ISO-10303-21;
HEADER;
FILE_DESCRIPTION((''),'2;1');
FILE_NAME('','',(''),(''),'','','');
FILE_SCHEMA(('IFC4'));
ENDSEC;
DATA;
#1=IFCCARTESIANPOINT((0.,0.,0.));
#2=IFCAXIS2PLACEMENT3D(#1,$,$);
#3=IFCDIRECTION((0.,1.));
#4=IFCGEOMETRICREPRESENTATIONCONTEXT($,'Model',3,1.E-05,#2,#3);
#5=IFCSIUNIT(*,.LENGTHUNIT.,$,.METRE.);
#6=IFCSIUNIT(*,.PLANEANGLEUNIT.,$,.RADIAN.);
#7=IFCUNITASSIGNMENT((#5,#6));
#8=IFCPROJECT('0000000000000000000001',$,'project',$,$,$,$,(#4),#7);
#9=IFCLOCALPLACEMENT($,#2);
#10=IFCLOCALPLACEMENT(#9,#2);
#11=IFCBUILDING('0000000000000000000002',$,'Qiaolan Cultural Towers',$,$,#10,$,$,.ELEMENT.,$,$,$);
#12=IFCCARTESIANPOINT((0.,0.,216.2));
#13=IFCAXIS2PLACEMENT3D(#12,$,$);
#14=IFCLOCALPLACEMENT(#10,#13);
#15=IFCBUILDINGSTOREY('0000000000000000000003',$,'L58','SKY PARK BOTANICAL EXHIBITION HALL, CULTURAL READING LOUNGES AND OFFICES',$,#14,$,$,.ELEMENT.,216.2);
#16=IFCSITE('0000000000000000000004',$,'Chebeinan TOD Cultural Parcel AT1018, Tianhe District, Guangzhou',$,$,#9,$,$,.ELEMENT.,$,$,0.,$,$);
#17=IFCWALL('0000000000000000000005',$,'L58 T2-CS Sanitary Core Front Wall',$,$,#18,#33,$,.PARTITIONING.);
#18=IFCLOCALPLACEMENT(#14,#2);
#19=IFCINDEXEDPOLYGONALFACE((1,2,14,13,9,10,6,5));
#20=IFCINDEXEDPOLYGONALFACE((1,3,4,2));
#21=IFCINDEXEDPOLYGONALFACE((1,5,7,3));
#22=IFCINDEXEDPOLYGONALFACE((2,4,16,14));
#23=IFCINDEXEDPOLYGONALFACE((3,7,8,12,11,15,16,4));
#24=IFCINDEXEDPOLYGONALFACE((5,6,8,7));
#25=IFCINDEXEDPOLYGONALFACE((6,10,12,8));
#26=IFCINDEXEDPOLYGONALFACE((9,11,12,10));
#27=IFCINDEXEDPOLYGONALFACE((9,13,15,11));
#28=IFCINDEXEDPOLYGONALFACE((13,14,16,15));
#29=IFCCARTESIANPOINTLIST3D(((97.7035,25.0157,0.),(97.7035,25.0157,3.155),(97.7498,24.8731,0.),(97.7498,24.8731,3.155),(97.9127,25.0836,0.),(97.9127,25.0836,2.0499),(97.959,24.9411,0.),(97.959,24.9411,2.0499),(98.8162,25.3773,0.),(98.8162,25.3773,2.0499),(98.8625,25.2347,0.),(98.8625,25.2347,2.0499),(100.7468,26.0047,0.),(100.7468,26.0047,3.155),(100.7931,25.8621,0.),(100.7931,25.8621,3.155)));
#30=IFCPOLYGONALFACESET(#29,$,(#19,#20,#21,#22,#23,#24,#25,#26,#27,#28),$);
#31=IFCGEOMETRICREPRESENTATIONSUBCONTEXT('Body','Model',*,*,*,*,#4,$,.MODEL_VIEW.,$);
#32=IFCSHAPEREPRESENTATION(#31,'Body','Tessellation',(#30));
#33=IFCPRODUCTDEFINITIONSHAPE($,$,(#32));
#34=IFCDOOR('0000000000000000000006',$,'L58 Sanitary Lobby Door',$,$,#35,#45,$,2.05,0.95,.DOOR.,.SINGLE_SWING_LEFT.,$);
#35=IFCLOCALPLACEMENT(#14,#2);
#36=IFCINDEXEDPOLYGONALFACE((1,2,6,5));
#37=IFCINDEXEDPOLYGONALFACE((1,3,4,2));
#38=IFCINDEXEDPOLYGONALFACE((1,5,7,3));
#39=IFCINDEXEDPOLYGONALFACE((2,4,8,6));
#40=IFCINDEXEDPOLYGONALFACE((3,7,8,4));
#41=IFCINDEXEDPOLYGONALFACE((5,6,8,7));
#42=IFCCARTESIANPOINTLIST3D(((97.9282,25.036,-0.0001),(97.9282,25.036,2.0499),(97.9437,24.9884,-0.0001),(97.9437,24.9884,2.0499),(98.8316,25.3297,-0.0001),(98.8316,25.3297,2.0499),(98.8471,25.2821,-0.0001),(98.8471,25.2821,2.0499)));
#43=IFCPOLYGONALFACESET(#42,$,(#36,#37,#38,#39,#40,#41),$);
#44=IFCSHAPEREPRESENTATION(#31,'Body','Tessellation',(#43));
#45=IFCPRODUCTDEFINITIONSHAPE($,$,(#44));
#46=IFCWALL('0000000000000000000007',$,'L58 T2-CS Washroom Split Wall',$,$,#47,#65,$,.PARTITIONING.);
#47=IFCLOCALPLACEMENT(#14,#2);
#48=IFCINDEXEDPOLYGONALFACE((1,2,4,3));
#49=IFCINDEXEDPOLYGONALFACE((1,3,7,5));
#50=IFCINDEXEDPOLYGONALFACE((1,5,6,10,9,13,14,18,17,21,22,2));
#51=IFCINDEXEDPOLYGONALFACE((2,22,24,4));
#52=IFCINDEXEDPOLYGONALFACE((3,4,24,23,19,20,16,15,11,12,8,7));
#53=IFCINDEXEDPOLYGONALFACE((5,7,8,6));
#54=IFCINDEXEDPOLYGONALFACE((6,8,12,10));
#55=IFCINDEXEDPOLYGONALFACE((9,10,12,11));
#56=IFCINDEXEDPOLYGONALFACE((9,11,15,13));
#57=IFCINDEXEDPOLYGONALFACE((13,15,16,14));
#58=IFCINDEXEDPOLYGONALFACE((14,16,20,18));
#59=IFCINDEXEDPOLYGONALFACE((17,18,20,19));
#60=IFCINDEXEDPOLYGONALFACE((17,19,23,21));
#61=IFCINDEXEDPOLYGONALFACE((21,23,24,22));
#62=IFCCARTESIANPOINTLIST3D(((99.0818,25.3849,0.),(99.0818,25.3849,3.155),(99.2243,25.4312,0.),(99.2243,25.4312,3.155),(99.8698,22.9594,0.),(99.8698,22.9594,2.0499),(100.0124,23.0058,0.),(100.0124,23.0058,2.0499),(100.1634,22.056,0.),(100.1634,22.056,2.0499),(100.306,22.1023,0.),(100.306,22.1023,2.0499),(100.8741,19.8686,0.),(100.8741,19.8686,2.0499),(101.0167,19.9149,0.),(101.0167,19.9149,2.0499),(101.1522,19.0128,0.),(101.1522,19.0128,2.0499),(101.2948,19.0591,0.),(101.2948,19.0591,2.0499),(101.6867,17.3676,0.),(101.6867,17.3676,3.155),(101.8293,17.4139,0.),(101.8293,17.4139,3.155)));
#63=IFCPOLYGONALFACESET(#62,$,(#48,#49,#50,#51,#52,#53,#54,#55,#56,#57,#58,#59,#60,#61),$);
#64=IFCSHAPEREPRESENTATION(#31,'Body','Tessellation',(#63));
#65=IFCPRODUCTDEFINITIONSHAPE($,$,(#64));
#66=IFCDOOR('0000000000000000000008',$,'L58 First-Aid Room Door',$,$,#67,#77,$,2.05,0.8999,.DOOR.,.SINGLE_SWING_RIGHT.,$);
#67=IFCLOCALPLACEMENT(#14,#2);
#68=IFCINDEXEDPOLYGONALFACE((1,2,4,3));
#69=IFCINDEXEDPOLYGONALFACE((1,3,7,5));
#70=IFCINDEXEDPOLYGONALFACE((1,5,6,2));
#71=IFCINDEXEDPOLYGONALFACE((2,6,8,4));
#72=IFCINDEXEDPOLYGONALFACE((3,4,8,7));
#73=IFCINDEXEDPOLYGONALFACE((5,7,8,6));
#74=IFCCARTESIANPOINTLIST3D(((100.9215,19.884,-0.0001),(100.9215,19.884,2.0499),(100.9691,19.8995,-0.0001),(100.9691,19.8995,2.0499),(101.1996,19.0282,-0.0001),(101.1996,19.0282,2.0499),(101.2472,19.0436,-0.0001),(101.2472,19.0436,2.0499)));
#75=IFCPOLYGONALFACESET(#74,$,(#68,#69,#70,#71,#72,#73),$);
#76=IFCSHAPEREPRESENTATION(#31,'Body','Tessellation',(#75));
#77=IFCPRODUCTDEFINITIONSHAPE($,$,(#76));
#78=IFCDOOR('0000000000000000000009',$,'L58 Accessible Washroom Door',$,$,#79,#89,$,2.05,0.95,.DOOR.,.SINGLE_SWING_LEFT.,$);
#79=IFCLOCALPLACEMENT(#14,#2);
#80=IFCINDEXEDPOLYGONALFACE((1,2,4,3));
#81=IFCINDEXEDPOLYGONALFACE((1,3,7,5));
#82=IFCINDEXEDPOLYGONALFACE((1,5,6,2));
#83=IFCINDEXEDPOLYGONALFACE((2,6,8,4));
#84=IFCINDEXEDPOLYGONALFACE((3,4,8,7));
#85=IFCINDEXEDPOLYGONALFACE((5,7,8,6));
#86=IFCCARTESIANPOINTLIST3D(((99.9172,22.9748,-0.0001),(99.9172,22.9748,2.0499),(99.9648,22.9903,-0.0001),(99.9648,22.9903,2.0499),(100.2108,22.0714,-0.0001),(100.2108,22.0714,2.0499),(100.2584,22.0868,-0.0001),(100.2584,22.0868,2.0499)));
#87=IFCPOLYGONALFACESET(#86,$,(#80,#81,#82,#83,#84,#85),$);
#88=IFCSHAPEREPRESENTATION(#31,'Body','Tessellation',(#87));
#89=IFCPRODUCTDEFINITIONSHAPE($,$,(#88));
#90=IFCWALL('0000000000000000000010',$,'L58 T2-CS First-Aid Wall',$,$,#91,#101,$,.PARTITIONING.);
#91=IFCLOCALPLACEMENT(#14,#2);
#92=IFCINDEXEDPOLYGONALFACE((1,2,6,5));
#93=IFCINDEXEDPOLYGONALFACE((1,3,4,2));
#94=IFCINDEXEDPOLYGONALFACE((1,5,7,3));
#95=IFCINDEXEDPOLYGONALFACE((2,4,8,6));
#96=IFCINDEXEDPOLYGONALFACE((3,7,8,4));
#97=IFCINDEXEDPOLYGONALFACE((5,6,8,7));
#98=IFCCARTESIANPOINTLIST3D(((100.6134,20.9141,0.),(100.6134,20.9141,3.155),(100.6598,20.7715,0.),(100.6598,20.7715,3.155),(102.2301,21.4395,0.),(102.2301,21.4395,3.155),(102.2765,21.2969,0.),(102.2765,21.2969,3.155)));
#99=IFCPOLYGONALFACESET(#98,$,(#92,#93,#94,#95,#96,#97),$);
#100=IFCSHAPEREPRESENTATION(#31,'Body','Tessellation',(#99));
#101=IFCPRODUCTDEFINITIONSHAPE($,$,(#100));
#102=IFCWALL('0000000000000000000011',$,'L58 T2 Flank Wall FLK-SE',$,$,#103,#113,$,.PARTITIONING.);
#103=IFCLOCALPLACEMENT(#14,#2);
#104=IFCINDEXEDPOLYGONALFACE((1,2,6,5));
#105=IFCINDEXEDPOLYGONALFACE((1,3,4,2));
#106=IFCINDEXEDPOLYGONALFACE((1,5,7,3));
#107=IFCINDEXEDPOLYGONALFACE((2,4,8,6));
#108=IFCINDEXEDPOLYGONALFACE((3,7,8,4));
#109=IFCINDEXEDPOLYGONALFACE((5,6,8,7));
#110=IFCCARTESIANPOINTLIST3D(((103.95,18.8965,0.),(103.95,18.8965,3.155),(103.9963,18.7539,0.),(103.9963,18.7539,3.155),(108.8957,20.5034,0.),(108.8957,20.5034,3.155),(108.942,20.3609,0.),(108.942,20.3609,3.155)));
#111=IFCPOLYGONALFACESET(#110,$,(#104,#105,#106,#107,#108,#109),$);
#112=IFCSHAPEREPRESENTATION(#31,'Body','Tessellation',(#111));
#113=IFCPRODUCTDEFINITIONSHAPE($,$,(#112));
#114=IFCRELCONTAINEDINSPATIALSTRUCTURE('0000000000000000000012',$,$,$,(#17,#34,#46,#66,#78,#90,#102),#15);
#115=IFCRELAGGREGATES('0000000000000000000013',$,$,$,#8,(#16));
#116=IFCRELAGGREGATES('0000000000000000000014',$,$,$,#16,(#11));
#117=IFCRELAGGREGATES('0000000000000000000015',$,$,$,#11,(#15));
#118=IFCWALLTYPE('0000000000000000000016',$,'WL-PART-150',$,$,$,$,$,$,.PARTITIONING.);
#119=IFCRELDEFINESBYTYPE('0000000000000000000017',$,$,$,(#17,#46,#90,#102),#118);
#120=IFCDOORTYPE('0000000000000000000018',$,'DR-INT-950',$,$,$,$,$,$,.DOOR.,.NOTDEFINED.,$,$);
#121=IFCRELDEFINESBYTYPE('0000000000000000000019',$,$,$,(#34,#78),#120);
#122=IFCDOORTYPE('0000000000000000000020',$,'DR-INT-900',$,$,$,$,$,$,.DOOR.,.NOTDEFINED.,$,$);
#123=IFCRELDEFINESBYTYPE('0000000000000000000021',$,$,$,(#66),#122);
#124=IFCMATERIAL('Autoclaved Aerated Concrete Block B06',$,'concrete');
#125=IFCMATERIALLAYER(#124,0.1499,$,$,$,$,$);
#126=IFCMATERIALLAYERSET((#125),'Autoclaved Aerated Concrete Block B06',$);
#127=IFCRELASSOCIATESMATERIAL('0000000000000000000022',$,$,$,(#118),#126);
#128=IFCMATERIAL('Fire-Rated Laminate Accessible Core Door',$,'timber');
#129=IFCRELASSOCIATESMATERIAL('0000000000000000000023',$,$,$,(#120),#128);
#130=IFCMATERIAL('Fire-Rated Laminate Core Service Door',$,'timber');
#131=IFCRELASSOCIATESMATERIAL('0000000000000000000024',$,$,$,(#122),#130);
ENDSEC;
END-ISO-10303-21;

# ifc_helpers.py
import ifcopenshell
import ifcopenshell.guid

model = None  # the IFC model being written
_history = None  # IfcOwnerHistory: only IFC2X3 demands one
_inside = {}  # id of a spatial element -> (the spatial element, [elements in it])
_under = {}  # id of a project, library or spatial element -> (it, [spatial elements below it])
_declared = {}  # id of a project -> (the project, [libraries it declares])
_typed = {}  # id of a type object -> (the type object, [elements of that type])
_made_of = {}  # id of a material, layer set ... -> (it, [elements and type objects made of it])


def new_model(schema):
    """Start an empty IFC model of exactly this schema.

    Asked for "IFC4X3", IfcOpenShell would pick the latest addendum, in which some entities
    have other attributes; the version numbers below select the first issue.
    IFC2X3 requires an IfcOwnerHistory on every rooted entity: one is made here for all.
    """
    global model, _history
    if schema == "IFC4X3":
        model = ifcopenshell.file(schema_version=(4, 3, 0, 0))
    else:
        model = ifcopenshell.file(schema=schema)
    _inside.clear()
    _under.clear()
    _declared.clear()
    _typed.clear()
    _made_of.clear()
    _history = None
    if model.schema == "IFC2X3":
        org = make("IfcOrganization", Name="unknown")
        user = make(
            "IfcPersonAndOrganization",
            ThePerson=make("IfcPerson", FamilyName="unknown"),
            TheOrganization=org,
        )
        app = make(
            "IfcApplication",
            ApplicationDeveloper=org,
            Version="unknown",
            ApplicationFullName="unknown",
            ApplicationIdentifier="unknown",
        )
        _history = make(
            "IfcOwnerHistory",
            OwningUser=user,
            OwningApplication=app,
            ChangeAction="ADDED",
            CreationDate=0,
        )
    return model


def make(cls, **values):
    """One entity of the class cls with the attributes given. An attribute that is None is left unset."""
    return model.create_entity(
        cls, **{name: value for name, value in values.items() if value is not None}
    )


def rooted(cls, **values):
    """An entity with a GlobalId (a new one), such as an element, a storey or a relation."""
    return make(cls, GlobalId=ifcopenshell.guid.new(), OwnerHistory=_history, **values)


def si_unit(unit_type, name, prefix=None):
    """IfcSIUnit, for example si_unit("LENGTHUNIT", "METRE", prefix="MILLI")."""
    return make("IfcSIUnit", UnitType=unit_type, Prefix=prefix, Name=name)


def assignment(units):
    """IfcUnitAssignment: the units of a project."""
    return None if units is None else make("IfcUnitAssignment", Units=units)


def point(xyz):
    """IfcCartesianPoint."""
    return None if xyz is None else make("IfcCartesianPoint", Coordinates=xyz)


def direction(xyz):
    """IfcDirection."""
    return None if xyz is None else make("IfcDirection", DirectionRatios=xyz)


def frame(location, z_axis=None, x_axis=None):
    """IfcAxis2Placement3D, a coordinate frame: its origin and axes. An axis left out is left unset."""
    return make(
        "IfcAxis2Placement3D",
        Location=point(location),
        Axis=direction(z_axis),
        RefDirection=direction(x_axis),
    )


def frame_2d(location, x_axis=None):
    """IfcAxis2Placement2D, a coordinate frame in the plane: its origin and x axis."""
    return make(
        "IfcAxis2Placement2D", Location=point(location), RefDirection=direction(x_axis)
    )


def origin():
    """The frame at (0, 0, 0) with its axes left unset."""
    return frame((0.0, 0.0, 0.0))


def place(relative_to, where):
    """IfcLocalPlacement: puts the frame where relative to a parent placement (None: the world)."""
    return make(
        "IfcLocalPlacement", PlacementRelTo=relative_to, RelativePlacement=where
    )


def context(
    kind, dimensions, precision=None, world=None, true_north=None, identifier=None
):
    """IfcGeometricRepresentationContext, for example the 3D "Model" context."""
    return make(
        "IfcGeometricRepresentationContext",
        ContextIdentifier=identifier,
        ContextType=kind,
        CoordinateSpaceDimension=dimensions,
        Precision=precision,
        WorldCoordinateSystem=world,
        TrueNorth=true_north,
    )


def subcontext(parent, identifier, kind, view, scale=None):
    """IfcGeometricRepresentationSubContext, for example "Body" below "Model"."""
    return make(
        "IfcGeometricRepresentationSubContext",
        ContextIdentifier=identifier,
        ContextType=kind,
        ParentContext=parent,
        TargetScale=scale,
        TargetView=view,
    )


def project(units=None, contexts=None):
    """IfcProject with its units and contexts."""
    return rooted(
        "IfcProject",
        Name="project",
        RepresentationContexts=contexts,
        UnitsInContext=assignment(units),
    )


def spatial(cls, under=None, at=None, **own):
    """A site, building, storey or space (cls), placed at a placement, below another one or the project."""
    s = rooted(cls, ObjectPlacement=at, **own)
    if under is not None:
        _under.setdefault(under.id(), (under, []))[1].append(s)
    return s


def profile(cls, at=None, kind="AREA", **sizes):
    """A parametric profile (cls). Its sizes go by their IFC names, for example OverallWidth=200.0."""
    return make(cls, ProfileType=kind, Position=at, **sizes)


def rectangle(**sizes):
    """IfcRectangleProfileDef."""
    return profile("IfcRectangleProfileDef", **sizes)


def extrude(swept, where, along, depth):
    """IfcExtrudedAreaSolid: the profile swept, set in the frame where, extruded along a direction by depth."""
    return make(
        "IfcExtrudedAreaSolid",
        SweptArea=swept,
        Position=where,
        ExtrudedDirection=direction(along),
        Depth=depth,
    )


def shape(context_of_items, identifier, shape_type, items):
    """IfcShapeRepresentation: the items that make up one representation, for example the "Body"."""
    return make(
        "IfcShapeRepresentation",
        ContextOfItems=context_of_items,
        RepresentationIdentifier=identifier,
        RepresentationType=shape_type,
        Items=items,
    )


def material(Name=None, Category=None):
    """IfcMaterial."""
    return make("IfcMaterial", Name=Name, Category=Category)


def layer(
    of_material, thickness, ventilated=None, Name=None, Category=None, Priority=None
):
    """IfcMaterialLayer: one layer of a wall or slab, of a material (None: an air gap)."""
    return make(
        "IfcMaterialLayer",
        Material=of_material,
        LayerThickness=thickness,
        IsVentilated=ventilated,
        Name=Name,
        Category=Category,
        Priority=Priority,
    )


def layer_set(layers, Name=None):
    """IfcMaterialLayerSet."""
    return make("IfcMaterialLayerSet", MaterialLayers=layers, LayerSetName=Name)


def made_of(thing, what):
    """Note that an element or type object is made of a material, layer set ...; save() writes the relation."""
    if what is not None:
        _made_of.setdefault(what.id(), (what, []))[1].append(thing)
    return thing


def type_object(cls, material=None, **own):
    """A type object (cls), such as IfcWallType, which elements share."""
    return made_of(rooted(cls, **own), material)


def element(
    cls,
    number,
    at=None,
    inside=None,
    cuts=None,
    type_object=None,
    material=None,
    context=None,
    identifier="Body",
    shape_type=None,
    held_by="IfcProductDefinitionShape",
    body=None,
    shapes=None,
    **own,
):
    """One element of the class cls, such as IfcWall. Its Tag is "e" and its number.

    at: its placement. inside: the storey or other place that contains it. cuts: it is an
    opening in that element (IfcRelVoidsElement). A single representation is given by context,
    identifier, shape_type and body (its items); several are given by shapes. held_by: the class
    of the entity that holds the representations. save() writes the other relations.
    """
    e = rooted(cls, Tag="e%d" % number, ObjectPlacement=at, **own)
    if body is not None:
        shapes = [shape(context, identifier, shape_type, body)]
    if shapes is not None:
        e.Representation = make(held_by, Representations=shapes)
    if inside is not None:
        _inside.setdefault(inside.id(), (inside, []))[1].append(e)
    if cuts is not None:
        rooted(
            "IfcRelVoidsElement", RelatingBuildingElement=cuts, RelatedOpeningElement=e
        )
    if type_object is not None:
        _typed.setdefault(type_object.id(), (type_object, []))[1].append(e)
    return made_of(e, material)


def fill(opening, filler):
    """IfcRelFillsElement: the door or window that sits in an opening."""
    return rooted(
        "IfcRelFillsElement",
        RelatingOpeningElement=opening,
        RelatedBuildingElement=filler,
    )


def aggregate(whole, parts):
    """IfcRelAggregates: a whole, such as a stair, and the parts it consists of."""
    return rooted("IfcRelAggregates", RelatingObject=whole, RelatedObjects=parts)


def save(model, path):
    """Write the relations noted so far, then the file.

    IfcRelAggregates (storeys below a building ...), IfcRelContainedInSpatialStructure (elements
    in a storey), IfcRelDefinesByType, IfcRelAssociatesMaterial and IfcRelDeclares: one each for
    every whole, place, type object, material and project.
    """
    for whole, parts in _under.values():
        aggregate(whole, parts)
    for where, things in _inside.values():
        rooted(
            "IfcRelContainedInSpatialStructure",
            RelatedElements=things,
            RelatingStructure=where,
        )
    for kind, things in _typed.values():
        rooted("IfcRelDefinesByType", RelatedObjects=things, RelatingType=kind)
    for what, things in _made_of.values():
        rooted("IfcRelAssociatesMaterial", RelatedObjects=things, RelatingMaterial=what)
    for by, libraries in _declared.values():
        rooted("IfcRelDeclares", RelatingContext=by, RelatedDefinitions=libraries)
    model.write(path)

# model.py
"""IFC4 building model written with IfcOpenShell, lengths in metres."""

from ifc_helpers import new_model, si_unit, direction, frame, frame_2d, origin, place, context, subcontext, project, spatial, rectangle, extrude, material, layer, layer_set, type_object, element, fill, save


model = new_model("IFC4")

# Units and contexts
model_context = context("Model", 3, precision=1e-05, world=origin(), true_north=direction((0.0, 1.0)))
body_context = subcontext(model_context, "Body", "Model", "MODEL_VIEW")
ifc_project = project(units=[si_unit("LENGTHUNIT", "METRE"), si_unit("PLANEANGLEUNIT", "RADIAN")], contexts=[model_context])

# Site, building, storey
site_placement = place(None, origin())
site = spatial("IfcSite", under=ifc_project, at=site_placement, Name="Chebeinan TOD Cultural Parcel AT1018, Tianhe District, Guangzhou", CompositionType="ELEMENT", RefElevation=0.0)
building_placement = place(site_placement, origin())
building = spatial("IfcBuilding", under=site, at=building_placement, Name="Qiaolan Cultural Towers", CompositionType="ELEMENT")
storey_placement = place(building_placement, frame((0.0, 0.0, 216.2)))
storey = spatial("IfcBuildingStorey", under=building, at=storey_placement, Name="L58", Description="SKY PARK BOTANICAL EXHIBITION HALL, CULTURAL READING LOUNGES AND OFFICES", CompositionType="ELEMENT", Elevation=216.2)

# Wall, opening, door
ifc_material_1 = material(Name="Autoclaved Aerated Concrete Block B06", Category="concrete")
ifc_layer_1 = layer(ifc_material_1, 0.1499)
ifc_layer_set_1 = layer_set([ifc_layer_1], Name="Autoclaved Aerated Concrete Block B06")
wall_type_1 = type_object("IfcWallType", Name="WL-PART-150", PredefinedType="PARTITIONING", material=ifc_layer_set_1)
wall_1_placement = place(storey_placement, frame((97.7266, 24.9443, 0.0), z_axis=(0.0, 0.0, 1.0), x_axis=(0.951037, 0.309077, 0.0)))
wall_1 = element("IfcWall", 1, at=wall_1_placement, inside=storey, type_object=wall_type_1, Name="L58 T2-CS Sanitary Core Front Wall", PredefinedType="PARTITIONING", context=body_context, shape_type="SweptSolid", body=[
    extrude(rectangle(XDim=3.2, YDim=0.1499, at=frame_2d((1.6001, 0.0))), origin(), (0.0, 0.0, 1.0), 3.155),
])
opening_1_placement = place(wall_1_placement, frame((0.22, 0.0, 0.0)))
opening_1 = element("IfcOpeningElement", 2, at=opening_1_placement, cuts=wall_1, PredefinedType="OPENING", context=body_context, shape_type="SweptSolid", body=[
    extrude(rectangle(XDim=0.95, YDim=2.05, at=frame_2d((0.4751, 1.0249))), frame((0.0, 0.085, 0.0), z_axis=(0.0, -1.0, 0.0), x_axis=(1.0, 0.0, 0.0)), (0.0, 0.0, 1.0), 0.1699),
])
ifc_material_2 = material(Name="Fire-Rated Laminate Accessible Core Door", Category="timber")
door_type_1 = type_object("IfcDoorType", Name="DR-INT-950", OperationType="NOTDEFINED", PredefinedType="DOOR", material=ifc_material_2)
door_1_placement = place(opening_1_placement, origin())
door_1 = element("IfcDoor", 3, at=door_1_placement, inside=storey, type_object=door_type_1, Name="L58 Sanitary Lobby Door", OperationType="SINGLE_SWING_LEFT", OverallHeight=2.05, OverallWidth=0.95, PredefinedType="DOOR", context=body_context, shape_type="SweptSolid", body=[
    extrude(rectangle(XDim=0.95, YDim=2.05, at=frame_2d((0.4751, 1.0249))), frame((0.0, 0.0249, 0.0), z_axis=(0.0, -1.0, 0.0), x_axis=(1.0, 0.0, 0.0)), (0.0, 0.0, 1.0), 0.05),
])
fill(opening_1, door_1)

# Wall, openings, doors
wall_2_placement = place(storey_placement, frame((99.1531, 25.408, 0.0), z_axis=(0.0, 0.0, 1.0), x_axis=(0.309016, -0.951057, 0.0)))
wall_2 = element("IfcWall", 4, at=wall_2_placement, inside=storey, type_object=wall_type_1, Name="L58 T2-CS Washroom Split Wall", PredefinedType="PARTITIONING", context=body_context, shape_type="SweptSolid", body=[
    extrude(rectangle(XDim=8.4299, YDim=0.1499, at=frame_2d((4.2148, 0.0))), origin(), (0.0, 0.0, 1.0), 3.155),
])
opening_2_placement = place(wall_2_placement, frame((2.55, 0.0, 0.0)))
opening_2 = element("IfcOpeningElement", 5, at=opening_2_placement, cuts=wall_2, PredefinedType="OPENING", context=body_context, shape_type="SweptSolid", body=[
    extrude(rectangle(XDim=0.95, YDim=2.05, at=frame_2d((0.4751, 1.0249))), frame((0.0, 0.085, 0.0), z_axis=(0.0, -1.0, 0.0), x_axis=(1.0, 0.0, 0.0)), (0.0, 0.0, 1.0), 0.1699),
])
opening_3_placement = place(wall_2_placement, frame((5.8, 0.0, 0.0)))
opening_3 = element("IfcOpeningElement", 6, at=opening_3_placement, cuts=wall_2, PredefinedType="OPENING", context=body_context, shape_type="SweptSolid", body=[
    extrude(rectangle(XDim=0.8999, YDim=2.05, at=frame_2d((0.45, 1.0249))), frame((0.0, 0.085, 0.0), z_axis=(0.0, -1.0, 0.0), x_axis=(1.0, 0.0, 0.0)), (0.0, 0.0, 1.0), 0.1699),
])
ifc_material_3 = material(Name="Fire-Rated Laminate Core Service Door", Category="timber")
door_type_2 = type_object("IfcDoorType", Name="DR-INT-900", OperationType="NOTDEFINED", PredefinedType="DOOR", material=ifc_material_3)
door_2_placement = place(opening_3_placement, origin())
door_2 = element("IfcDoor", 7, at=door_2_placement, inside=storey, type_object=door_type_2, Name="L58 First-Aid Room Door", OperationType="SINGLE_SWING_RIGHT", OverallHeight=2.05, OverallWidth=0.8999, PredefinedType="DOOR", context=body_context, shape_type="SweptSolid", body=[
    extrude(rectangle(XDim=0.8999, YDim=2.05, at=frame_2d((0.45, 1.0249))), frame((0.0, 0.0249, 0.0), z_axis=(0.0, -1.0, 0.0), x_axis=(1.0, 0.0, 0.0)), (0.0, 0.0, 1.0), 0.05),
])
fill(opening_3, door_2)
door_3_placement = place(opening_2_placement, origin())
door_3 = element("IfcDoor", 8, at=door_3_placement, inside=storey, type_object=door_type_1, Name="L58 Accessible Washroom Door", OperationType="SINGLE_SWING_LEFT", OverallHeight=2.05, OverallWidth=0.95, PredefinedType="DOOR", context=body_context, shape_type="SweptSolid", body=[
    extrude(rectangle(XDim=0.95, YDim=2.05, at=frame_2d((0.4751, 1.0249))), frame((0.0, 0.0249, 0.0), z_axis=(0.0, -1.0, 0.0), x_axis=(1.0, 0.0, 0.0)), (0.0, 0.0, 1.0), 0.05),
])
fill(opening_2, door_3)

# Walls
wall_3_placement = place(storey_placement, frame((100.6365, 20.8428, 0.0), z_axis=(0.0, 0.0, 1.0), x_axis=(0.95104, 0.309067, 0.0)))
element("IfcWall", 9, at=wall_3_placement, inside=storey, type_object=wall_type_1, Name="L58 T2-CS First-Aid Wall", PredefinedType="PARTITIONING", context=body_context, shape_type="SweptSolid", body=[
    extrude(rectangle(XDim=1.7, YDim=0.1499, at=frame_2d((0.8501, 0.0))), origin(), (0.0, 0.0, 1.0), 3.155),
])
wall_4_placement = place(storey_placement, frame((103.9731, 18.8252, 0.0), z_axis=(0.0, 0.0, 1.0), x_axis=(0.951055, 0.309021, 0.0)))
element("IfcWall", 10, at=wall_4_placement, inside=storey, type_object=wall_type_1, Name="L58 T2 Flank Wall FLK-SE", PredefinedType="PARTITIONING", context=body_context, shape_type="SweptSolid", body=[
    extrude(rectangle(XDim=5.2002, YDim=0.1499, at=frame_2d((2.6001, 0.0))), origin(), (0.0, 0.0, 1.0), 3.155),
])

save(model, "model.ifc")
